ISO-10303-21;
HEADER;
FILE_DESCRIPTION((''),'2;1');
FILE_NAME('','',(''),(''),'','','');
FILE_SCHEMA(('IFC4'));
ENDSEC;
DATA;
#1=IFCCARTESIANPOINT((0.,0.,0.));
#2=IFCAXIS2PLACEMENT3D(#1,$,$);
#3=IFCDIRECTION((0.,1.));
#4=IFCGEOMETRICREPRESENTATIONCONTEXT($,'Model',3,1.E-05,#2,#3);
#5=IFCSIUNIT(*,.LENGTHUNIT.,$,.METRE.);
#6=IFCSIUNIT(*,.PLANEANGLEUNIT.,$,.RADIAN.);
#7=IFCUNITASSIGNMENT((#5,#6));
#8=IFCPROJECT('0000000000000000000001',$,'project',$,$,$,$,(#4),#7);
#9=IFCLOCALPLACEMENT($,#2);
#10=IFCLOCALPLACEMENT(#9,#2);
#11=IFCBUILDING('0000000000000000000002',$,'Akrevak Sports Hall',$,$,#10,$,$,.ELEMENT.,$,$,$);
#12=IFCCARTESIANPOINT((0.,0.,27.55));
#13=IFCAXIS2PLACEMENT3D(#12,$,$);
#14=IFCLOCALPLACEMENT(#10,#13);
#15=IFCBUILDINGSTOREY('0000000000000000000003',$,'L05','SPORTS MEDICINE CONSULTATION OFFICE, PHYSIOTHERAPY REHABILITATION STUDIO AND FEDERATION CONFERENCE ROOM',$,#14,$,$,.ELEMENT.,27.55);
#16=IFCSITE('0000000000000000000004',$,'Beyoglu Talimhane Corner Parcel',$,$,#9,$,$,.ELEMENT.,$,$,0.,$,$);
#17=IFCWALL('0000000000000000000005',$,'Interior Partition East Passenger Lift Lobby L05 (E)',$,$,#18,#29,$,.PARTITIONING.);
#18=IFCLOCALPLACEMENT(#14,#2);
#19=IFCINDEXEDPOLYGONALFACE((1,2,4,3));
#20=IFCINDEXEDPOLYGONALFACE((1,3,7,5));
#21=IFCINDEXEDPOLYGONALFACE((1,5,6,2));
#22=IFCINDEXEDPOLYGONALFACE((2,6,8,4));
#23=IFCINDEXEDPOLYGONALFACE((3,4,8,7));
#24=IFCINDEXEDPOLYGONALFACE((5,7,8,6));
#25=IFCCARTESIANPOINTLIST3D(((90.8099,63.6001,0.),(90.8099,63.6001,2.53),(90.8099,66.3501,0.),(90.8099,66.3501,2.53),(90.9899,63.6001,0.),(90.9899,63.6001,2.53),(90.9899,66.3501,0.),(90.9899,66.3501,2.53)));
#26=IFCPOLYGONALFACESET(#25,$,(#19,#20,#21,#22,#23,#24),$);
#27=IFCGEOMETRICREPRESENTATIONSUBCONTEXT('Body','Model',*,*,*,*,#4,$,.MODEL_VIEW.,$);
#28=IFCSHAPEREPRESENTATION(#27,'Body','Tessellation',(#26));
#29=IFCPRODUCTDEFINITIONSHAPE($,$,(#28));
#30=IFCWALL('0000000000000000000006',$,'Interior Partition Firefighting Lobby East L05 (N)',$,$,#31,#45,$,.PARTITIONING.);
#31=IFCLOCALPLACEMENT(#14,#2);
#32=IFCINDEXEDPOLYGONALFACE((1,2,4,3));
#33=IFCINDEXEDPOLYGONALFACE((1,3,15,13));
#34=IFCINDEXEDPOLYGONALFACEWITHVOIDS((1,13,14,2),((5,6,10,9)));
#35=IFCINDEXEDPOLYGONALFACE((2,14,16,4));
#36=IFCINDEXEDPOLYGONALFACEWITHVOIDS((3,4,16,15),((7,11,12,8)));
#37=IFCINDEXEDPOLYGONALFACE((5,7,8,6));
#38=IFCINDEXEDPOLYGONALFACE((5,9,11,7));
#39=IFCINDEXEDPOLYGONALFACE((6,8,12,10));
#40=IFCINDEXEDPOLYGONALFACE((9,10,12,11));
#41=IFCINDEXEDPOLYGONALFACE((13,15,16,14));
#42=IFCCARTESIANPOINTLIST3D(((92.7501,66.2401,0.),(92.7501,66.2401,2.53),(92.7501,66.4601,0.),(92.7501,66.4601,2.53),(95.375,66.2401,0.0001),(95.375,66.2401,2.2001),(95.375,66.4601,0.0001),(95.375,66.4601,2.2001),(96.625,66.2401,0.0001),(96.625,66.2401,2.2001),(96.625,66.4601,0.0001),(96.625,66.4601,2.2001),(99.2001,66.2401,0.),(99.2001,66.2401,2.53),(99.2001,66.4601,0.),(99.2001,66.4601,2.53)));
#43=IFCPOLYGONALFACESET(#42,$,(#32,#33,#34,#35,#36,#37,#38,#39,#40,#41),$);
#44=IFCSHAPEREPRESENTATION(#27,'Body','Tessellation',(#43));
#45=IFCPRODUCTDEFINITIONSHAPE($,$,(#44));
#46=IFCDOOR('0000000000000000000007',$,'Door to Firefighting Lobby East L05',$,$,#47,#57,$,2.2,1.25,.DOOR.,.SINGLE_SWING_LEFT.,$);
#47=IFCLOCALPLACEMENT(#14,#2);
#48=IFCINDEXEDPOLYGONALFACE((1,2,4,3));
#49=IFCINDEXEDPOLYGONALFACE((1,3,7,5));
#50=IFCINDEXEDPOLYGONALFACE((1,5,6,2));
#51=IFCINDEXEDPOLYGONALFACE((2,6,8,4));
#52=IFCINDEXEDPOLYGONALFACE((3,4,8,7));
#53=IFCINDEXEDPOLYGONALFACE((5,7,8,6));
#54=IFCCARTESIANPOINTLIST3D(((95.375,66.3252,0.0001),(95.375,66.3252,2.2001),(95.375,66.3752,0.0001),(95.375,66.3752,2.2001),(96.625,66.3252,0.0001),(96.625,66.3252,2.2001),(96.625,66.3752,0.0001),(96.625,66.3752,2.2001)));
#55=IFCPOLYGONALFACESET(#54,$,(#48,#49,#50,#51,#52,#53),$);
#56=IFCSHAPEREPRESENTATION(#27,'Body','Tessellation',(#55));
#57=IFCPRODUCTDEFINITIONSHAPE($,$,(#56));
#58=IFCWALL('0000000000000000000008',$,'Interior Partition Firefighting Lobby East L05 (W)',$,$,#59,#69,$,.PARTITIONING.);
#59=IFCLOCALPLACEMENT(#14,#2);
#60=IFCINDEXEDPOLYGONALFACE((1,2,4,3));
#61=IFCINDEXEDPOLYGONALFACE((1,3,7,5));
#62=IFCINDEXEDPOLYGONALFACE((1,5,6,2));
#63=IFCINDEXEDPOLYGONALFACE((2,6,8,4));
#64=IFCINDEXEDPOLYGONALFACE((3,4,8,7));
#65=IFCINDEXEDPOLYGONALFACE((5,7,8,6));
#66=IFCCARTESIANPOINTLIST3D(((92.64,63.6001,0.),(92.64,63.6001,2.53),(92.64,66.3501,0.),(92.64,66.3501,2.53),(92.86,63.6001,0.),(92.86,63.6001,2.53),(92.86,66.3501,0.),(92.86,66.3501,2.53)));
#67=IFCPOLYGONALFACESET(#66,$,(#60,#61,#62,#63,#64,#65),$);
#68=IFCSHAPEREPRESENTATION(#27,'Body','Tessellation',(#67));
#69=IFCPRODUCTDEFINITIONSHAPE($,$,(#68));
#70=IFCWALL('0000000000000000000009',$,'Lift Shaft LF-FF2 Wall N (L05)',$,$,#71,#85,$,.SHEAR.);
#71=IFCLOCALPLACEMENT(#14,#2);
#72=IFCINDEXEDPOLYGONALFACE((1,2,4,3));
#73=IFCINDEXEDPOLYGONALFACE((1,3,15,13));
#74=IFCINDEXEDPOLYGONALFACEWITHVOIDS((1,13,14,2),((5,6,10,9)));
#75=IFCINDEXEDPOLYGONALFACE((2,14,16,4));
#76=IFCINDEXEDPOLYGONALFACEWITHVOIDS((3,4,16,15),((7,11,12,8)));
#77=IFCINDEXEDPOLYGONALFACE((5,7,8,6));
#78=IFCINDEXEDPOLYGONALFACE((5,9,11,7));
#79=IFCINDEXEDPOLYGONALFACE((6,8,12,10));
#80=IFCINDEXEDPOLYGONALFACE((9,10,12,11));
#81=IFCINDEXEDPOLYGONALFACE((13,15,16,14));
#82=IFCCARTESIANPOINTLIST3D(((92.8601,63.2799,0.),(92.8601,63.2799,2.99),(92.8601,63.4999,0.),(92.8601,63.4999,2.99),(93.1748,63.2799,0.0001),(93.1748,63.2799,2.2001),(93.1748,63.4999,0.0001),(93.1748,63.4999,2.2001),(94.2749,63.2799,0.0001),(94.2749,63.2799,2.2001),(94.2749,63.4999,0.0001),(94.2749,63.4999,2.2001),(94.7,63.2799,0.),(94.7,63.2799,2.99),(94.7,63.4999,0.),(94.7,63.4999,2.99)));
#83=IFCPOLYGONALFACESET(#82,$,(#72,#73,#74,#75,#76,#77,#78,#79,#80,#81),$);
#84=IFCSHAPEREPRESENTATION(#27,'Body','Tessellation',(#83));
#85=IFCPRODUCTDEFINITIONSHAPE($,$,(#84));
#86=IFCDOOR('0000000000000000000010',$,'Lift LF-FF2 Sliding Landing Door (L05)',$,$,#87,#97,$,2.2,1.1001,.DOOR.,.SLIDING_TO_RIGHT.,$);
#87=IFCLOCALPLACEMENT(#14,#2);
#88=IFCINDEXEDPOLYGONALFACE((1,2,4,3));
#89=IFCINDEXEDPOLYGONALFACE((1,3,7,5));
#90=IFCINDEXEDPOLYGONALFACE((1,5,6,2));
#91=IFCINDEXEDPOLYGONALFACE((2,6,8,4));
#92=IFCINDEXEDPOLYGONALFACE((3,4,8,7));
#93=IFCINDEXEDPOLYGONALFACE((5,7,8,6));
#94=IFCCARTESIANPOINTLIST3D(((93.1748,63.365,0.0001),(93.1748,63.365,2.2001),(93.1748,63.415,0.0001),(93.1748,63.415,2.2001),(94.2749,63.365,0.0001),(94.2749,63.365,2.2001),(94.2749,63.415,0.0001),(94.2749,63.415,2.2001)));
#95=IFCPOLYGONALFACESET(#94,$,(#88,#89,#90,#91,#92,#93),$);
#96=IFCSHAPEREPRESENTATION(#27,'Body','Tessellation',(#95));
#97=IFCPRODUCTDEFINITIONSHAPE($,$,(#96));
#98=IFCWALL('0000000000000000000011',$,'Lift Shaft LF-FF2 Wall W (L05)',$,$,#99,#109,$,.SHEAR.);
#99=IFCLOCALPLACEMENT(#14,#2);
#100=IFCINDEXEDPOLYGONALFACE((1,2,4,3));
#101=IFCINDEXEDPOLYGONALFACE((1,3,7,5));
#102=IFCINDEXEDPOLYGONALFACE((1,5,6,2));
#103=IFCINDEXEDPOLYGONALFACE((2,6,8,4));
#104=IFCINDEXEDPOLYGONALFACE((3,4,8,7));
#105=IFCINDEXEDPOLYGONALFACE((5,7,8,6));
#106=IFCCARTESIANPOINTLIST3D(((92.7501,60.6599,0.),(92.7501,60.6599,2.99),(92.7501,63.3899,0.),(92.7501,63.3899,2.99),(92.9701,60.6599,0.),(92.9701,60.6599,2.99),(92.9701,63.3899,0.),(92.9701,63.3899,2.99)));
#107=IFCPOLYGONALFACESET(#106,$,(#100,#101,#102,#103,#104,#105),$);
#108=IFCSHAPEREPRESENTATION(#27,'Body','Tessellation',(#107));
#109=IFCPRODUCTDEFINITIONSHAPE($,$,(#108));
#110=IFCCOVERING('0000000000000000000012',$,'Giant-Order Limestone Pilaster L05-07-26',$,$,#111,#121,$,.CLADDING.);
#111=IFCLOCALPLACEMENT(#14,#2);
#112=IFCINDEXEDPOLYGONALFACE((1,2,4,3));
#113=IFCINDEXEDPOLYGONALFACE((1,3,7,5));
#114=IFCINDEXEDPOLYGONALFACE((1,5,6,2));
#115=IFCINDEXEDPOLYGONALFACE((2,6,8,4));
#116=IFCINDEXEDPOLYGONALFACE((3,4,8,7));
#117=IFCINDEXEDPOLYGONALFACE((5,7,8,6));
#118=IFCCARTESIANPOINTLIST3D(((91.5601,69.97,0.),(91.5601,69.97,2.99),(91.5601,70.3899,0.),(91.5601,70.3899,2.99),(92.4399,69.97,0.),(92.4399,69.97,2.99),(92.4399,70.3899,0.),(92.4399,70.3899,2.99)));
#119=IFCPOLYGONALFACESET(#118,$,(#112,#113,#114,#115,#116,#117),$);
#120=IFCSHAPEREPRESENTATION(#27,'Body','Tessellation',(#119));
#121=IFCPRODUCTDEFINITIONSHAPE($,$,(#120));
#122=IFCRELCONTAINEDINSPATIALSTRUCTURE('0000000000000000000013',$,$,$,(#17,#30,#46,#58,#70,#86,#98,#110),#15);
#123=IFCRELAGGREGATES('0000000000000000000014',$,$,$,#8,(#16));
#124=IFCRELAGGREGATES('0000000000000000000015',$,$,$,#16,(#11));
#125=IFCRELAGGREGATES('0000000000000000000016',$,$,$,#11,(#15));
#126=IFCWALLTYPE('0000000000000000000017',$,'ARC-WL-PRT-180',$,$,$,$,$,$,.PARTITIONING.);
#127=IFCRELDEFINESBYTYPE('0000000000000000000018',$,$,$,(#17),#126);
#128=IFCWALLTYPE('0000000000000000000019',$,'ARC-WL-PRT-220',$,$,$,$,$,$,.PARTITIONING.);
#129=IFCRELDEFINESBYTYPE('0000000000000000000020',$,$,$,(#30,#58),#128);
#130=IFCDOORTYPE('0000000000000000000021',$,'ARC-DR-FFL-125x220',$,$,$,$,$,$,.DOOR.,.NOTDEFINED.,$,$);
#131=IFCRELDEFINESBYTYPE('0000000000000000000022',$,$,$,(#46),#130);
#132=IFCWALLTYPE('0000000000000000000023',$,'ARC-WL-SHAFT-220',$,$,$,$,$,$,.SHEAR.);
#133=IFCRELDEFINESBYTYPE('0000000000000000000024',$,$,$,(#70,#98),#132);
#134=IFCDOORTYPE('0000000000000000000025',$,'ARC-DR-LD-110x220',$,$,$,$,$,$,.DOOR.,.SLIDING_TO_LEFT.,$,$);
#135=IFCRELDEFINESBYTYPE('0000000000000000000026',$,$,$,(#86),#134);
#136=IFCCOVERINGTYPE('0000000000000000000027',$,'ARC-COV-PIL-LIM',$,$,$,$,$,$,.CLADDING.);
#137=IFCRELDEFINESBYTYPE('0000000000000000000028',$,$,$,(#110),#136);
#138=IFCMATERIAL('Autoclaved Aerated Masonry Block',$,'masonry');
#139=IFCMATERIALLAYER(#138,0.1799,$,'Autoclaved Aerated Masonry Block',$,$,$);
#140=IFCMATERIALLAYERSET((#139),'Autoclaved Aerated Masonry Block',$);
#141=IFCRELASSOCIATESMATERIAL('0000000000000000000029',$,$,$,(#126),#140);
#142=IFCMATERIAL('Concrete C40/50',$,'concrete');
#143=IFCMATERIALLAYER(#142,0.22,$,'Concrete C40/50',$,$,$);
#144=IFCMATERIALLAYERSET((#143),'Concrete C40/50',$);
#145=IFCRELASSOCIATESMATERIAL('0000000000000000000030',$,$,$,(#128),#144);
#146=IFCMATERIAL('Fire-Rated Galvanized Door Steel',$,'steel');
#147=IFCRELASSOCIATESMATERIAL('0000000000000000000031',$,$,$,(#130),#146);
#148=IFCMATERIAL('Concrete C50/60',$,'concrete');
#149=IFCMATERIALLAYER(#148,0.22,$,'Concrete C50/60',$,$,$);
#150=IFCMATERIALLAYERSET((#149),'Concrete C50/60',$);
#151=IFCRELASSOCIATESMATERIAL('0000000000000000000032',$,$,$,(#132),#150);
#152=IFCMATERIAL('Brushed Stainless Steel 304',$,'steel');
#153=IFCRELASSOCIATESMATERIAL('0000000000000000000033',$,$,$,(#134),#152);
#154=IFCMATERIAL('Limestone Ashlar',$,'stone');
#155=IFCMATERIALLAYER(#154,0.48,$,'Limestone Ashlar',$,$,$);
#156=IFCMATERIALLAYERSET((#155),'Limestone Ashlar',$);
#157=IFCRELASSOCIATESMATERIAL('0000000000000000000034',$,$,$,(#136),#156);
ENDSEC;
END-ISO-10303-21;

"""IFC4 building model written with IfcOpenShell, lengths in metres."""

from ifc_helpers import new_model, si_unit, direction, frame, frame_2d, origin, origin_2d, place, context, subcontext, project, spatial, rectangle, extrude, material, layer, layer_set, type_object, element, fill, save


model = new_model("IFC4")

# Units and contexts
model_context = context("Model", 3, precision=1e-05, world=origin(), true_north=direction((0.0, 1.0)))
body_context = subcontext(model_context, "Body", "Model", "MODEL_VIEW")
ifc_project = project(units=[si_unit("LENGTHUNIT", "METRE"), si_unit("PLANEANGLEUNIT", "RADIAN")], contexts=[model_context])

# Site, building, storey
site_placement = place(None, origin())
site = spatial("IfcSite", under=ifc_project, at=site_placement, Name="Beyoglu Talimhane Corner Parcel", CompositionType="ELEMENT", RefElevation=0.0)
building_placement = place(site_placement, origin())
building = spatial("IfcBuilding", under=site, at=building_placement, Name="Akrevak Sports Hall", CompositionType="ELEMENT")
storey_placement = place(building_placement, frame((0.0, 0.0, 27.55)))
storey = spatial("IfcBuildingStorey", under=building, at=storey_placement, Name="L05", Description="SPORTS MEDICINE CONSULTATION OFFICE, PHYSIOTHERAPY REHABILITATION STUDIO AND FEDERATION CONFERENCE ROOM", CompositionType="ELEMENT", Elevation=27.55)

# Shared definitions
ifc_material_1 = material(Name="Concrete C50/60", Category="concrete")

# Shared definitions
ifc_material_2 = material(Name="Concrete C40/50", Category="concrete")

# Shared definitions
ifc_material_3 = material(Name="Autoclaved Aerated Masonry Block", Category="masonry")
ifc_layer_1 = layer(ifc_material_3, 0.1799, Name="Autoclaved Aerated Masonry Block")
ifc_layer_set_1 = layer_set([ifc_layer_1], Name="Autoclaved Aerated Masonry Block")
wall_type_1 = type_object("IfcWallType", Name="ARC-WL-PRT-180", PredefinedType="PARTITIONING", material=ifc_layer_set_1)

# Wall
wall_1_placement = place(storey_placement, frame((90.8999, 63.6001, 0.0), z_axis=(0.0, 0.0, 1.0), x_axis=(0.0, 1.0, 0.0)))
element("IfcWall", 1, at=wall_1_placement, inside=storey, type_object=wall_type_1, Name="Interior Partition East Passenger Lift Lobby L05 (E)", PredefinedType="PARTITIONING", context=body_context, shape_type="SweptSolid", body=[
    extrude(rectangle(XDim=2.75, YDim=0.1799, at=frame_2d((1.375, 0.0))), origin(), (0.0, 0.0, 1.0), 2.53),
])

# Wall, opening, door
ifc_layer_2 = layer(ifc_material_2, 0.22, Name="Concrete C40/50")
ifc_layer_set_2 = layer_set([ifc_layer_2], Name="Concrete C40/50")
wall_type_2 = type_object("IfcWallType", Name="ARC-WL-PRT-220", PredefinedType="PARTITIONING", material=ifc_layer_set_2)
wall_2_placement = place(storey_placement, frame((92.75, 66.3501, 0.0), z_axis=(0.0, 0.0, 1.0), x_axis=(1.0, 0.0, 0.0)))
wall_2 = element("IfcWall", 2, at=wall_2_placement, inside=storey, type_object=wall_type_2, Name="Interior Partition Firefighting Lobby East L05 (N)", PredefinedType="PARTITIONING", context=body_context, shape_type="SweptSolid", body=[
    extrude(rectangle(XDim=6.45, YDim=0.22, at=frame_2d((3.2251, 0.0))), origin(), (0.0, 0.0, 1.0), 2.53),
])
opening_1_placement = place(wall_2_placement, frame((2.625, 0.0, 0.0)))
opening_1 = element("IfcOpeningElement", 3, at=opening_1_placement, cuts=wall_2, PredefinedType="OPENING", context=body_context, shape_type="SweptSolid", body=[
    extrude(rectangle(XDim=1.25, YDim=2.2, at=frame_2d((0.625, 1.1001))), frame((0.0, 0.1221, 0.0), z_axis=(0.0, -1.0, 0.0), x_axis=(1.0, 0.0, 0.0)), (0.0, 0.0, 1.0), 0.2439),
])
ifc_material_4 = material(Name="Fire-Rated Galvanized Door Steel", Category="steel")
door_type_1 = type_object("IfcDoorType", Name="ARC-DR-FFL-125x220", OperationType="NOTDEFINED", PredefinedType="DOOR", material=ifc_material_4)
door_1_placement = place(opening_1_placement, frame((1.25, 0.0, 0.0), z_axis=(0.0, 0.0, 1.0), x_axis=(-1.0, 0.0, 0.0)))
door_1 = element("IfcDoor", 4, at=door_1_placement, inside=storey, type_object=door_type_1, Name="Door to Firefighting Lobby East L05", OperationType="SINGLE_SWING_LEFT", OverallHeight=2.2, OverallWidth=1.25, PredefinedType="DOOR", context=body_context, shape_type="SweptSolid", body=[
    extrude(rectangle(XDim=1.25, YDim=2.2, at=frame_2d((0.625, 1.1001))), frame((0.0, 0.0249, 0.0), z_axis=(0.0, -1.0, 0.0), x_axis=(1.0, 0.0, 0.0)), (0.0, 0.0, 1.0), 0.05),
])
fill(opening_1, door_1)

# Wall
wall_3_placement = place(storey_placement, frame((92.75, 63.6001, 0.0), z_axis=(0.0, 0.0, 1.0), x_axis=(0.0, 1.0, 0.0)))
element("IfcWall", 5, at=wall_3_placement, inside=storey, type_object=wall_type_2, Name="Interior Partition Firefighting Lobby East L05 (W)", PredefinedType="PARTITIONING", context=body_context, shape_type="SweptSolid", body=[
    extrude(rectangle(XDim=2.75, YDim=0.22, at=frame_2d((1.375, 0.0))), origin(), (0.0, 0.0, 1.0), 2.53),
])

# Wall, opening, door
ifc_layer_3 = layer(ifc_material_1, 0.22, Name="Concrete C50/60")
ifc_layer_set_3 = layer_set([ifc_layer_3], Name="Concrete C50/60")
wall_type_3 = type_object("IfcWallType", Name="ARC-WL-SHAFT-220", PredefinedType="SHEAR", material=ifc_layer_set_3)
wall_4_placement = place(storey_placement, frame((94.7, 63.3899, 0.0), z_axis=(0.0, 0.0, 1.0), x_axis=(-1.0, 0.0, 0.0)))
wall_4 = element("IfcWall", 6, at=wall_4_placement, inside=storey, type_object=wall_type_3, Name="Lift Shaft LF-FF2 Wall N (L05)", PredefinedType="SHEAR", context=body_context, shape_type="SweptSolid", body=[
    extrude(rectangle(XDim=1.8398, YDim=0.22, at=frame_2d((0.9199, 0.0))), origin(), (0.0, 0.0, 1.0), 2.99),
])
opening_2_placement = place(wall_4_placement, frame((0.425, 0.0, 0.0)))
opening_2 = element("IfcOpeningElement", 7, at=opening_2_placement, cuts=wall_4, PredefinedType="OPENING", context=body_context, shape_type="SweptSolid", body=[
    extrude(rectangle(XDim=1.1001, YDim=2.2, at=frame_2d((0.55, 1.1001))), frame((0.0, 0.1221, 0.0), z_axis=(0.0, -1.0, 0.0), x_axis=(1.0, 0.0, 0.0)), (0.0, 0.0, 1.0), 0.2439),
])
ifc_material_5 = material(Name="Brushed Stainless Steel 304", Category="steel")
door_type_2 = type_object("IfcDoorType", Name="ARC-DR-LD-110x220", OperationType="SLIDING_TO_LEFT", PredefinedType="DOOR", material=ifc_material_5)
door_2_placement = place(opening_2_placement, origin())
door_2 = element("IfcDoor", 8, at=door_2_placement, inside=storey, type_object=door_type_2, Name="Lift LF-FF2 Sliding Landing Door (L05)", OperationType="SLIDING_TO_RIGHT", OverallHeight=2.2, OverallWidth=1.1001, PredefinedType="DOOR", context=body_context, shape_type="SweptSolid", body=[
    extrude(rectangle(XDim=1.1001, YDim=2.2, at=frame_2d((0.55, 1.1001))), frame((0.0, 0.0249, 0.0), z_axis=(0.0, -1.0, 0.0), x_axis=(1.0, 0.0, 0.0)), (0.0, 0.0, 1.0), 0.05),
])
fill(opening_2, door_2)

# Wall
wall_5_placement = place(storey_placement, frame((92.8601, 63.3899, 0.0), z_axis=(0.0, 0.0, 1.0), x_axis=(0.0, -1.0, 0.0)))
element("IfcWall", 9, at=wall_5_placement, inside=storey, type_object=wall_type_3, Name="Lift Shaft LF-FF2 Wall W (L05)", PredefinedType="SHEAR", context=body_context, shape_type="SweptSolid", body=[
    extrude(rectangle(XDim=2.73, YDim=0.22, at=frame_2d((1.365, 0.0))), origin(), (0.0, 0.0, 1.0), 2.99),
])

# Covering
ifc_material_6 = material(Name="Limestone Ashlar", Category="stone")
ifc_layer_4 = layer(ifc_material_6, 0.48, Name="Limestone Ashlar")
ifc_layer_set_4 = layer_set([ifc_layer_4], Name="Limestone Ashlar")
covering_type = type_object("IfcCoveringType", Name="ARC-COV-PIL-LIM", PredefinedType="CLADDING", material=ifc_layer_set_4)
covering_placement = place(storey_placement, frame((92.0, 70.1799, 0.0), z_axis=(0.0, 0.0, 1.0), x_axis=(-1.0, 0.0, 0.0)))
element("IfcCovering", 10, at=covering_placement, inside=storey, type_object=covering_type, Name="Giant-Order Limestone Pilaster L05-07-26", PredefinedType="CLADDING", context=body_context, shape_type="SweptSolid", body=[
    extrude(rectangle(XDim=0.8799, YDim=0.4199, at=origin_2d()), origin(), (0.0, 0.0, 1.0), 2.99),
])

save(model, "model.ifc")
